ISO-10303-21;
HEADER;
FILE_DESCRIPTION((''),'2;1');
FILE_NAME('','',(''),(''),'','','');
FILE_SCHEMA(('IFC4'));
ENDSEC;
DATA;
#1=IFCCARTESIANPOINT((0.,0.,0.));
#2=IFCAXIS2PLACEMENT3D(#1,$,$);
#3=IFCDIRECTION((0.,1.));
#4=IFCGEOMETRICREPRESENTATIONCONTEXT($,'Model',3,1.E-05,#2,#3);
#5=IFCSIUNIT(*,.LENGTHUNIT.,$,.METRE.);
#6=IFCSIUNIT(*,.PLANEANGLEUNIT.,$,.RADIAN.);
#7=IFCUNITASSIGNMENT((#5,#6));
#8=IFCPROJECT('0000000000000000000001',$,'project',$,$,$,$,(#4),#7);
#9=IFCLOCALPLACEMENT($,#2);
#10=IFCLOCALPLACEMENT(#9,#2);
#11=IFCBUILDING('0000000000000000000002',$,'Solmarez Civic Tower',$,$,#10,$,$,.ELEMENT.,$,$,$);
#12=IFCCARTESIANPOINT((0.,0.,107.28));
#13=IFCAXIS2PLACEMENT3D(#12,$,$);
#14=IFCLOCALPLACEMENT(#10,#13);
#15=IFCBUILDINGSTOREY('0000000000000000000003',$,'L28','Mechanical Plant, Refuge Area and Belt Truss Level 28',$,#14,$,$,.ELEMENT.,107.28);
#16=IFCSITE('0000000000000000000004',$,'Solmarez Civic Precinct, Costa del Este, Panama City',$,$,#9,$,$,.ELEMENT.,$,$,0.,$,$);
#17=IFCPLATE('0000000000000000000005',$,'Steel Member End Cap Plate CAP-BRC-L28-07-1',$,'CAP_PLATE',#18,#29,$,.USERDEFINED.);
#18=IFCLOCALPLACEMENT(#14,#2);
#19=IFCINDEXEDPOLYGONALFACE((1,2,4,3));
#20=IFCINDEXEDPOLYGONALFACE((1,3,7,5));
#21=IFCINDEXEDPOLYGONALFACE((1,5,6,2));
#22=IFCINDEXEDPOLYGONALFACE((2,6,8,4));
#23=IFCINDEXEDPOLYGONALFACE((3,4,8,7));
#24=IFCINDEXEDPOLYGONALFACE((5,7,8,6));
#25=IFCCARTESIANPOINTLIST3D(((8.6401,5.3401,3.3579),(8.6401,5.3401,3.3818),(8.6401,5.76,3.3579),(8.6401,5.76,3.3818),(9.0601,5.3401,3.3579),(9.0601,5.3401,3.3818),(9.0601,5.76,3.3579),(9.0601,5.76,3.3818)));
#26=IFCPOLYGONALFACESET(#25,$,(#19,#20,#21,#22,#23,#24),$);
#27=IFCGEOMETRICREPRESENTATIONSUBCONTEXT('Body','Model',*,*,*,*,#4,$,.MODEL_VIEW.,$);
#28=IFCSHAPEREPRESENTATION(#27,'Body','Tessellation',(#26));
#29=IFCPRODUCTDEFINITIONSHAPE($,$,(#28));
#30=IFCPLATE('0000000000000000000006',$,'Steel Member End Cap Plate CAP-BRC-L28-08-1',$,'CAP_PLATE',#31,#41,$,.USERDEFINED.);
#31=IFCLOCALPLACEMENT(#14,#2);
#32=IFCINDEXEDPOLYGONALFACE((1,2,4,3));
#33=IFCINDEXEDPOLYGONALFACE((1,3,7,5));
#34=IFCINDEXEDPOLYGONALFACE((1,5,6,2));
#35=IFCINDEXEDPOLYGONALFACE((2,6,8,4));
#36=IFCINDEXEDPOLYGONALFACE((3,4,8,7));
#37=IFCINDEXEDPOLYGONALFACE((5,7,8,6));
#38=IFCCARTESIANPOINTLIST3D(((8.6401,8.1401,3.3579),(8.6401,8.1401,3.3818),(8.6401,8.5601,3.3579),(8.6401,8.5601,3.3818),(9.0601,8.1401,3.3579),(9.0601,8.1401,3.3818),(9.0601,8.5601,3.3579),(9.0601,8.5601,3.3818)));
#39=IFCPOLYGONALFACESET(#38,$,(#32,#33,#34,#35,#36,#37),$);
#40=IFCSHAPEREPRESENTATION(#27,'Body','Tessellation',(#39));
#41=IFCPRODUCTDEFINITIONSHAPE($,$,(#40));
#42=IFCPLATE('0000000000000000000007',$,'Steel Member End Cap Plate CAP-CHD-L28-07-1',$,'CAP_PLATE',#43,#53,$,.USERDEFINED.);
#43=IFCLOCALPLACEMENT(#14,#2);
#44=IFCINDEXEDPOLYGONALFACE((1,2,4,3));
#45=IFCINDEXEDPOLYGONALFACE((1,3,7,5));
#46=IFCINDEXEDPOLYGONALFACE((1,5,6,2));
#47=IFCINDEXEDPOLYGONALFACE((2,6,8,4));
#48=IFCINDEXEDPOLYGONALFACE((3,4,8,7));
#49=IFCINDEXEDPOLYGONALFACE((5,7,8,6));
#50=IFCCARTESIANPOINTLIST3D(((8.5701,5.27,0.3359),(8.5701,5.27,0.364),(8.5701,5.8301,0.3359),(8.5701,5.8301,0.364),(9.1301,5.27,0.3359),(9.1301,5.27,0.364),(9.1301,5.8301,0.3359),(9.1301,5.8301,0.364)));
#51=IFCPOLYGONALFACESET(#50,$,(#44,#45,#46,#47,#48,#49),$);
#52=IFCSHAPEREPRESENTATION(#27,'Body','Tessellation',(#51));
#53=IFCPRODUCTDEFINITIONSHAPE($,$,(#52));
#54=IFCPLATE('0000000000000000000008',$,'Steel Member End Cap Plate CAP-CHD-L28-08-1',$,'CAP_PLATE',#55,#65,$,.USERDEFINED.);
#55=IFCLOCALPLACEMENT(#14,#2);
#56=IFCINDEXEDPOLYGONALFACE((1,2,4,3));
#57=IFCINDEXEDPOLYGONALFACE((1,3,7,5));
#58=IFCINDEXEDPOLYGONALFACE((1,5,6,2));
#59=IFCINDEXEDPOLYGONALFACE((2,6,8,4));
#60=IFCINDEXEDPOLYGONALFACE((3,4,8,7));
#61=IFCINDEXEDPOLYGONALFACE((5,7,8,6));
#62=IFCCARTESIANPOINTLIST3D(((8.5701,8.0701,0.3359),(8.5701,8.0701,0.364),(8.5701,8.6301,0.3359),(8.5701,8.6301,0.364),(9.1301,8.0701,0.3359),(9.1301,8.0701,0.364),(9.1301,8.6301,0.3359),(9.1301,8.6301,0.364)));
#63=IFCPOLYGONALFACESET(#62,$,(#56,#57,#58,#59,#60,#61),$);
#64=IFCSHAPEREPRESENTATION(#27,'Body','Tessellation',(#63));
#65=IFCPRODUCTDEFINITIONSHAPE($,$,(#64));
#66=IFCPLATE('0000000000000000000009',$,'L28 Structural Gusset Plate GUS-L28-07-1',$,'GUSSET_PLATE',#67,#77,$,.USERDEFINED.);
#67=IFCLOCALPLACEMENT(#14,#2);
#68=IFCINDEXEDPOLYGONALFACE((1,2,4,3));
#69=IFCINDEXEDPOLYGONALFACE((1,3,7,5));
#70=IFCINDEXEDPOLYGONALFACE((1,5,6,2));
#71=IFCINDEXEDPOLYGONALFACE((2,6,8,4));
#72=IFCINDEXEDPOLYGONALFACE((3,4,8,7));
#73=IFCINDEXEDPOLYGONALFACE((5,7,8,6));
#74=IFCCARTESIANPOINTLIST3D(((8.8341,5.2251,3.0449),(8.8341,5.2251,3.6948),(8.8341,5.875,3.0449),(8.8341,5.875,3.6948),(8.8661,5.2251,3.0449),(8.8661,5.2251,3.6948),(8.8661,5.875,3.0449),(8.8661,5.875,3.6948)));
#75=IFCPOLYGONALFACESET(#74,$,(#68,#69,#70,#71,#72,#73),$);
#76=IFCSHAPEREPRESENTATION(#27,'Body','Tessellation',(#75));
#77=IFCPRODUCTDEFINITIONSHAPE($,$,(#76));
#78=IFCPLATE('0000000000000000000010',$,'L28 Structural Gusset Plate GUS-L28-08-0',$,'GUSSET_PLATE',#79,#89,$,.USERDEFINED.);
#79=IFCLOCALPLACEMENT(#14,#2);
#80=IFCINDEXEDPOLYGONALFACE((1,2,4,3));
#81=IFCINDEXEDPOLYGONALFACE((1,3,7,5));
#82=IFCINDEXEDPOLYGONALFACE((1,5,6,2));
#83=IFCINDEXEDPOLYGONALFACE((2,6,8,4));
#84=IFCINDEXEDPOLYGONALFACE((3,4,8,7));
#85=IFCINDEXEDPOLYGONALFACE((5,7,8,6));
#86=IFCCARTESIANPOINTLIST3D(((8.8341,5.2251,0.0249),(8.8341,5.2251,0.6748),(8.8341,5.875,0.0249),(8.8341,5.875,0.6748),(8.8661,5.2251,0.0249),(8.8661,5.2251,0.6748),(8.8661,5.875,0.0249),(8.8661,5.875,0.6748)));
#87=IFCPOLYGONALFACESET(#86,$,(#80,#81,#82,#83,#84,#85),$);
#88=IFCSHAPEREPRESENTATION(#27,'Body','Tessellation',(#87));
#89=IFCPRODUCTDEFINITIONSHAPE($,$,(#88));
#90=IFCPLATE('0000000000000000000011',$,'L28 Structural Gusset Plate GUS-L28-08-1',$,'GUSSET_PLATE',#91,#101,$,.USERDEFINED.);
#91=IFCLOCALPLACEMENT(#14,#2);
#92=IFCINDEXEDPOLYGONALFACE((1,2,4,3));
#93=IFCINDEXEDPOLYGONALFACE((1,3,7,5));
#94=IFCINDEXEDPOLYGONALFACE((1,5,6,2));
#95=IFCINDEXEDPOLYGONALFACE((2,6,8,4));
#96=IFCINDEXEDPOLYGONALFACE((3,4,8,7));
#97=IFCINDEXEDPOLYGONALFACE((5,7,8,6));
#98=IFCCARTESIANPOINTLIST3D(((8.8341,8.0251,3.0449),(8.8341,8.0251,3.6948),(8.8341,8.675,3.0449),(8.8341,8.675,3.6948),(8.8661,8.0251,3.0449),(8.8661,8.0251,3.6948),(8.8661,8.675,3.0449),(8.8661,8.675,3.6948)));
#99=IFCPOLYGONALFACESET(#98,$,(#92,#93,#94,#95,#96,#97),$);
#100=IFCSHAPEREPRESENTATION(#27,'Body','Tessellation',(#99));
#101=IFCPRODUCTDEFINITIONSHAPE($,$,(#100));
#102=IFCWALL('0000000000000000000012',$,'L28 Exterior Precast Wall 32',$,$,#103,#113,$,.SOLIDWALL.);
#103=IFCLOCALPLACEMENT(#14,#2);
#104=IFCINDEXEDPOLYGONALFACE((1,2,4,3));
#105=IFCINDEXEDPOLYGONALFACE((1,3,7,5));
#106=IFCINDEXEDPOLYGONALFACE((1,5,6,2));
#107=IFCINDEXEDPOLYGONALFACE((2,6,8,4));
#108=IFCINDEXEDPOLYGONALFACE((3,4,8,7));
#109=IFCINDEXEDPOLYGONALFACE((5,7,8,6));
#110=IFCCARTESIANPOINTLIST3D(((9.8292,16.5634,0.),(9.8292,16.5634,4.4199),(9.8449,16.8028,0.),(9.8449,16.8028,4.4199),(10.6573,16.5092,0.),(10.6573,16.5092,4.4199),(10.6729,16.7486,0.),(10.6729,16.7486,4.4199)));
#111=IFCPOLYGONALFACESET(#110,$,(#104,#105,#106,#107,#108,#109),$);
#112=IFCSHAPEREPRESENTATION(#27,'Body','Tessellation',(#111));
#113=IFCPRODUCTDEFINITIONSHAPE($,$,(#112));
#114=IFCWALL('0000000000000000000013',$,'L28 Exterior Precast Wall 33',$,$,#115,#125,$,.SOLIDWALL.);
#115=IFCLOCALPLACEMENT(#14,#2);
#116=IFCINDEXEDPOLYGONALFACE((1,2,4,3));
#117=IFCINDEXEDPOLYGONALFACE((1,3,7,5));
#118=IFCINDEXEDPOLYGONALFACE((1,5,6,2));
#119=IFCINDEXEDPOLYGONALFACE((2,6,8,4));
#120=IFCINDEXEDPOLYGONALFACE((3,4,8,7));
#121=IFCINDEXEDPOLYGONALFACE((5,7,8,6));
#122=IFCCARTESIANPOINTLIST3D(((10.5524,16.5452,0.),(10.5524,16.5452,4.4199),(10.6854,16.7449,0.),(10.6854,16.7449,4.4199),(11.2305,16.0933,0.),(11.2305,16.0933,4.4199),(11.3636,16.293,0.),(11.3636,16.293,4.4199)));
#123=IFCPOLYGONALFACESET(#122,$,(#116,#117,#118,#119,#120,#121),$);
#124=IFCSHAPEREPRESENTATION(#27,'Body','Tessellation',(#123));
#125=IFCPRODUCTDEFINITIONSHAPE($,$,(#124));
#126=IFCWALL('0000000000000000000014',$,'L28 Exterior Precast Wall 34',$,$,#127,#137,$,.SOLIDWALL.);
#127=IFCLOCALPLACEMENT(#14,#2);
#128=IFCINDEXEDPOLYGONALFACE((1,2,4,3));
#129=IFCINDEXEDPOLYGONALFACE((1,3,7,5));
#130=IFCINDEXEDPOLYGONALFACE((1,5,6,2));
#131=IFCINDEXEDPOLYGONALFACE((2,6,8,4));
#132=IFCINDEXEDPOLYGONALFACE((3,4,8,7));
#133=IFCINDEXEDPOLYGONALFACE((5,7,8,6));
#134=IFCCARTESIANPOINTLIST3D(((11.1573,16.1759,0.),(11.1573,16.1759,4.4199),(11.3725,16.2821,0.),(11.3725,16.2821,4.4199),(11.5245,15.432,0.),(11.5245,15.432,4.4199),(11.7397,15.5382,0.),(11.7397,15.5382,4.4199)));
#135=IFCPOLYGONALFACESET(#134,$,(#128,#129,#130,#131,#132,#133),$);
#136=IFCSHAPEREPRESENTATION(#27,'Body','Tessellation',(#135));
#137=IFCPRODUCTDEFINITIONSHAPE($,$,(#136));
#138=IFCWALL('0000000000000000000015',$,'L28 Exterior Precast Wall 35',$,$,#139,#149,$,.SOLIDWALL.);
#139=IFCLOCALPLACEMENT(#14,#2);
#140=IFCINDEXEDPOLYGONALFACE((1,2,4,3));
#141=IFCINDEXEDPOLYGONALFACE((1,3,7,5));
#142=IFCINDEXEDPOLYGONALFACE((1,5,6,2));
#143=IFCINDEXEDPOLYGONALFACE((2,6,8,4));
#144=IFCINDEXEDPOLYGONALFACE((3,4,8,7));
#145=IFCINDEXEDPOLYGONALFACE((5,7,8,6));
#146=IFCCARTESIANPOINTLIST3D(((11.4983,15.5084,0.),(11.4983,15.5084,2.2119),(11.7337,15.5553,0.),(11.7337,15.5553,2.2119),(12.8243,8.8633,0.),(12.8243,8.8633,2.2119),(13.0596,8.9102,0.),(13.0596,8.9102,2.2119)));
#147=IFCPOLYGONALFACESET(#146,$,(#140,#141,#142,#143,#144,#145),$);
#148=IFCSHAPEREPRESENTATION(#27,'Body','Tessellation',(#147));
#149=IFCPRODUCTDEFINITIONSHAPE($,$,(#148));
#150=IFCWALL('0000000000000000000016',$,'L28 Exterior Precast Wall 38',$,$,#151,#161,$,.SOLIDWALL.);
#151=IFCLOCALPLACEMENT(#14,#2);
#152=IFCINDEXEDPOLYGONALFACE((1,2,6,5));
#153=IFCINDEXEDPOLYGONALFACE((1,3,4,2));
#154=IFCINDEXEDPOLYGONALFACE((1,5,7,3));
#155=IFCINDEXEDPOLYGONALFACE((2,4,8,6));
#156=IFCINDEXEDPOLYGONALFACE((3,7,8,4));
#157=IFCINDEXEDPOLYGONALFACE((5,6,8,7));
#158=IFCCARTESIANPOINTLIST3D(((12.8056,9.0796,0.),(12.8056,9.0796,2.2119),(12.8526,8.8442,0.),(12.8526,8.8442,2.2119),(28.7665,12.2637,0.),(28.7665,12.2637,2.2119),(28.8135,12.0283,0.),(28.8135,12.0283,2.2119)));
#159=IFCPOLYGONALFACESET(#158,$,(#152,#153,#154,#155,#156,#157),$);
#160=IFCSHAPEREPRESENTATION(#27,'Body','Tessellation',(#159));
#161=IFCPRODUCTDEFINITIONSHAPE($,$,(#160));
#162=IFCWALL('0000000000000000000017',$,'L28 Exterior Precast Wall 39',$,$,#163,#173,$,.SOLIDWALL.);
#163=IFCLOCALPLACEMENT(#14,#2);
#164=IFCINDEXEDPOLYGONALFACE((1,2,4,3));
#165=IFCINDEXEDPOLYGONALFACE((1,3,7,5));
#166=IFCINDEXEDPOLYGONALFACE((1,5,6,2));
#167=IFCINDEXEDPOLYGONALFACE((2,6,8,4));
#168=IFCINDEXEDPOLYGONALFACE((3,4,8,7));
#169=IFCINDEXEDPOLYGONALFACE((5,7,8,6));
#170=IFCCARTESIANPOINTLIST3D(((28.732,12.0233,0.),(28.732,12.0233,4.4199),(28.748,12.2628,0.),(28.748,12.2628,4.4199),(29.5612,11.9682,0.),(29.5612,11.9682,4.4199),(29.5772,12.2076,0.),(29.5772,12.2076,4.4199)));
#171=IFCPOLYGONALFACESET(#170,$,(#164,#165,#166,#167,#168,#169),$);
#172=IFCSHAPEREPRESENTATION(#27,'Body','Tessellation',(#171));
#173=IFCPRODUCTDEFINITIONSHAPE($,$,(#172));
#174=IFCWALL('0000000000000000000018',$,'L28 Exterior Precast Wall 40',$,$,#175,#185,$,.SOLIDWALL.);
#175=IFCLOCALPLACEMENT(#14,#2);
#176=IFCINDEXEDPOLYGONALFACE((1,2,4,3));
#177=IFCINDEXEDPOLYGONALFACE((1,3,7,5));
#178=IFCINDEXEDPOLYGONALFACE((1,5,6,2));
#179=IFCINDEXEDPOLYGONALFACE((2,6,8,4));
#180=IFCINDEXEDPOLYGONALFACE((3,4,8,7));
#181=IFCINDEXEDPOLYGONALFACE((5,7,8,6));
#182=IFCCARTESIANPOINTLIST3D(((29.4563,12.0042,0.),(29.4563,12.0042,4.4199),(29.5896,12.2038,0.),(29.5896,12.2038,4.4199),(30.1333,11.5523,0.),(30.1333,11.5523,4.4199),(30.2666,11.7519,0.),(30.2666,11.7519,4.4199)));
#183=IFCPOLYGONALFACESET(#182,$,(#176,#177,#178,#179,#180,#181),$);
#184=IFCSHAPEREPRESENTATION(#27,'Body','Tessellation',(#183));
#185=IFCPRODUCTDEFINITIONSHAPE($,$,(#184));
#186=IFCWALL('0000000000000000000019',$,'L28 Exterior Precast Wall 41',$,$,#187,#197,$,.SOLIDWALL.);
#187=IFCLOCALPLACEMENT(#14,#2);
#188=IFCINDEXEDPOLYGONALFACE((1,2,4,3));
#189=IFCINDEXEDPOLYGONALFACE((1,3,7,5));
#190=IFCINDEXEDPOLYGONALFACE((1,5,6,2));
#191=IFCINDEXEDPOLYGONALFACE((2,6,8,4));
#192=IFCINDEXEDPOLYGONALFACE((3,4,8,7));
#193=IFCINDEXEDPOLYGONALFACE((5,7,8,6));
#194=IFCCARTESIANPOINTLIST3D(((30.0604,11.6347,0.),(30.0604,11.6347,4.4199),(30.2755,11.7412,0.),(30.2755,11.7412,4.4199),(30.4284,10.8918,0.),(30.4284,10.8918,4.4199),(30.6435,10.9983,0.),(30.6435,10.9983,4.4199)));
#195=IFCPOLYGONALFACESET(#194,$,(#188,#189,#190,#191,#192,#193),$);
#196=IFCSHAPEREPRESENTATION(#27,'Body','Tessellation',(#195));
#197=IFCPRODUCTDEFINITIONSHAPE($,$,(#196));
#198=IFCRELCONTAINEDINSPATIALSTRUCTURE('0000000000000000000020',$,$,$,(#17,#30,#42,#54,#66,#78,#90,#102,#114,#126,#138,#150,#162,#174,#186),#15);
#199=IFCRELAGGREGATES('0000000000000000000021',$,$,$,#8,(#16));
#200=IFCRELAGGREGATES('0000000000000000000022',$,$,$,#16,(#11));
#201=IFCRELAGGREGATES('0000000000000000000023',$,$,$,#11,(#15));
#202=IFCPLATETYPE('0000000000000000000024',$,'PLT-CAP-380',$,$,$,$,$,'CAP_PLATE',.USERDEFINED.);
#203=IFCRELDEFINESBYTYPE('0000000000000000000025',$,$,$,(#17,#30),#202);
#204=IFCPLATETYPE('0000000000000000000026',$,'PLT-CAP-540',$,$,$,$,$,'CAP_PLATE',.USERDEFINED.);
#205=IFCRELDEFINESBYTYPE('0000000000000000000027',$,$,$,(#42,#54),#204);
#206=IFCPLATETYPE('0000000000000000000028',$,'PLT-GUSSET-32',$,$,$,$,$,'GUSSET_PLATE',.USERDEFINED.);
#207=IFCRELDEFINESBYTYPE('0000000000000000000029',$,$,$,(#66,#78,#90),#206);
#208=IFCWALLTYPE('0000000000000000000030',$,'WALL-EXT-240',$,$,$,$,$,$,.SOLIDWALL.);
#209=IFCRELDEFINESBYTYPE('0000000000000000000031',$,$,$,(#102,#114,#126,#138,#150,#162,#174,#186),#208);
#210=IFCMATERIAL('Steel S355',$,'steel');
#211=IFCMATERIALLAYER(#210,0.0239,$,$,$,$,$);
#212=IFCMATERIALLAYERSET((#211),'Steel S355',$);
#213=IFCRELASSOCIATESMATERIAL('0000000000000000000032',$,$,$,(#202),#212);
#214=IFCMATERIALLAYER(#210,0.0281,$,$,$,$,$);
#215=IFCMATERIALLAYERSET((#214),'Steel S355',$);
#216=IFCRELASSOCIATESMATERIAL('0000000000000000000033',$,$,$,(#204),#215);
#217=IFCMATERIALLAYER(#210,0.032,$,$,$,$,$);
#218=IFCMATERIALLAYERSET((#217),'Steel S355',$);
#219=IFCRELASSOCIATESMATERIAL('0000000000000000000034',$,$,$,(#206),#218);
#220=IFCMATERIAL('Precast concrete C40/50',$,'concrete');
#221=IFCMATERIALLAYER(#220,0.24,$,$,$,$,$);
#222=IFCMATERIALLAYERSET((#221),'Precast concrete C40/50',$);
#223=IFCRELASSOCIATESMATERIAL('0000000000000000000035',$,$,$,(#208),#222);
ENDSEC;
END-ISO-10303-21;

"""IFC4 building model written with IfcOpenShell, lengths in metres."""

from ifc_helpers import new_model, si_unit, direction, frame, frame_2d, origin, origin_2d, place, context, subcontext, project, spatial, rectangle, extrude, material, layer, layer_set, type_object, element, save


model = new_model("IFC4")

# Units and contexts
model_context = context("Model", 3, precision=1e-05, world=origin(), true_north=direction((0.0, 1.0)))
body_context = subcontext(model_context, "Body", "Model", "MODEL_VIEW")
ifc_project = project(units=[si_unit("LENGTHUNIT", "METRE"), si_unit("PLANEANGLEUNIT", "RADIAN")], contexts=[model_context])

# Site, building, storey
site_placement = place(None, origin())
site = spatial("IfcSite", under=ifc_project, at=site_placement, Name="Solmarez Civic Precinct, Costa del Este, Panama City", CompositionType="ELEMENT", RefElevation=0.0)
building_placement = place(site_placement, origin())
building = spatial("IfcBuilding", under=site, at=building_placement, Name="Solmarez Civic Tower", CompositionType="ELEMENT")
storey_placement = place(building_placement, frame((0.0, 0.0, 107.28)))
storey = spatial("IfcBuildingStorey", under=building, at=storey_placement, Name="L28", Description="Mechanical Plant, Refuge Area and Belt Truss Level 28", CompositionType="ELEMENT", Elevation=107.28)

# Shared definitions
ifc_material_1 = material(Name="Steel S355", Category="steel")

# Plates
ifc_layer_1 = layer(ifc_material_1, 0.0239)
ifc_layer_set_1 = layer_set([ifc_layer_1], Name="Steel S355")
plate_type_1 = type_object("IfcPlateType", Name="PLT-CAP-380", ElementType="CAP_PLATE", PredefinedType="USERDEFINED", material=ifc_layer_set_1)
for number, where, z_axis, x_axis, name in (
    (1, (8.8501, 5.55, 3.3579), (0.0, 0.0, 1.0), (1.0, 0.0, 0.0), "Steel Member End Cap Plate CAP-BRC-L28-07-1"),
    (2, (8.8501, 8.3501, 3.3579), (0.0, 0.0, 1.0), (1.0, 0.0, 0.0), "Steel Member End Cap Plate CAP-BRC-L28-08-1"),
):
    element("IfcPlate", number, at=place(storey_placement, frame(where, z_axis=z_axis, x_axis=x_axis)), inside=storey, type_object=plate_type_1, Name=name, ObjectType="CAP_PLATE", PredefinedType="USERDEFINED", context=body_context, shape_type="SweptSolid", body=[
        extrude(rectangle(XDim=0.4199, YDim=0.4199, at=origin_2d()), origin(), (0.0, 0.0, 1.0), 0.0239),
    ])
ifc_layer_2 = layer(ifc_material_1, 0.0281)
ifc_layer_set_2 = layer_set([ifc_layer_2], Name="Steel S355")
plate_type_2 = type_object("IfcPlateType", Name="PLT-CAP-540", ElementType="CAP_PLATE", PredefinedType="USERDEFINED", material=ifc_layer_set_2)
for number, where, z_axis, x_axis, name in (
    (3, (8.8501, 5.55, 0.3359), (0.0, 0.0, 1.0), (1.0, 0.0, 0.0), "Steel Member End Cap Plate CAP-CHD-L28-07-1"),
    (4, (8.8501, 8.3501, 0.3359), (0.0, 0.0, 1.0), (1.0, 0.0, 0.0), "Steel Member End Cap Plate CAP-CHD-L28-08-1"),
):
    element("IfcPlate", number, at=place(storey_placement, frame(where, z_axis=z_axis, x_axis=x_axis)), inside=storey, type_object=plate_type_2, Name=name, ObjectType="CAP_PLATE", PredefinedType="USERDEFINED", context=body_context, shape_type="SweptSolid", body=[
        extrude(rectangle(XDim=0.5601, YDim=0.5601, at=origin_2d()), origin(), (0.0, 0.0, 1.0), 0.0281),
    ])
ifc_layer_3 = layer(ifc_material_1, 0.032)
ifc_layer_set_3 = layer_set([ifc_layer_3], Name="Steel S355")
plate_type_3 = type_object("IfcPlateType", Name="PLT-GUSSET-32", ElementType="GUSSET_PLATE", PredefinedType="USERDEFINED", material=ifc_layer_set_3)
for number, where, z_axis, x_axis, name in (
    (5, (8.8501, 5.55, 3.0449), (0.0, 0.0, 1.0), (0.0, 1.0, 0.0), "L28 Structural Gusset Plate GUS-L28-07-1"),
    (6, (8.8501, 5.55, 0.0249), (0.0, 0.0, 1.0), (0.0, 1.0, 0.0), "L28 Structural Gusset Plate GUS-L28-08-0"),
    (7, (8.8501, 8.3501, 3.0449), (0.0, 0.0, 1.0), (0.0, 1.0, 0.0), "L28 Structural Gusset Plate GUS-L28-08-1"),
):
    element("IfcPlate", number, at=place(storey_placement, frame(where, z_axis=z_axis, x_axis=x_axis)), inside=storey, type_object=plate_type_3, Name=name, ObjectType="GUSSET_PLATE", PredefinedType="USERDEFINED", context=body_context, shape_type="SweptSolid", body=[
        extrude(rectangle(XDim=0.6499, YDim=0.032, at=origin_2d()), origin(), (0.0, 0.0, 1.0), 0.6499),
    ])

# Walls
ifc_material_2 = material(Name="Precast concrete C40/50", Category="concrete")
ifc_layer_4 = layer(ifc_material_2, 0.24)
ifc_layer_set_4 = layer_set([ifc_layer_4], Name="Precast concrete C40/50")
wall_type_1 = type_object("IfcWallType", Name="WALL-EXT-240", PredefinedType="SOLIDWALL", material=ifc_layer_set_4)
wall_1_placement = place(storey_placement, frame((9.8369, 16.6831, 0.0), z_axis=(0.0, 0.0, 1.0), x_axis=(0.997865, -0.065308, 0.0)))
element("IfcWall", 8, at=wall_1_placement, inside=storey, type_object=wall_type_1, Name="L28 Exterior Precast Wall 32", PredefinedType="SOLIDWALL", context=body_context, shape_type="SweptSolid", body=[
    extrude(rectangle(XDim=0.8298, YDim=0.24, at=frame_2d((0.415, 0.0))), origin(), (0.0, 0.0, 1.0), 4.4199),
])
wall_2_placement = place(storey_placement, frame((10.6189, 16.645, 0.0), z_axis=(0.0, 0.0, 1.0), x_axis=(0.832189, -0.554493, 0.0)))
element("IfcWall", 9, at=wall_2_placement, inside=storey, type_object=wall_type_1, Name="L28 Exterior Precast Wall 33", PredefinedType="SOLIDWALL", context=body_context, shape_type="SweptSolid", body=[
    extrude(rectangle(XDim=0.8149, YDim=0.24, at=frame_2d((0.4075, 0.0))), origin(), (0.0, 0.0, 1.0), 4.4199),
])
wall_3_placement = place(storey_placement, frame((11.2649, 16.229, 0.0), z_axis=(0.0, 0.0, 1.0), x_axis=(0.442617, -0.896711, 0.0)))
element("IfcWall", 10, at=wall_3_placement, inside=storey, type_object=wall_type_1, Name="L28 Exterior Precast Wall 34", PredefinedType="SOLIDWALL", context=body_context, shape_type="SweptSolid", body=[
    extrude(rectangle(XDim=0.8296, YDim=0.24, at=frame_2d((0.4148, 0.0))), origin(), (0.0, 0.0, 1.0), 4.4199),
])
wall_4_placement = place(storey_placement, frame((11.616, 15.532, 0.0), z_axis=(0.0, 0.0, 1.0), x_axis=(0.19568, -0.980668, 0.0)))
element("IfcWall", 11, at=wall_4_placement, inside=storey, type_object=wall_type_1, Name="L28 Exterior Precast Wall 35", PredefinedType="SOLIDWALL", context=body_context, shape_type="SweptSolid", body=[
    extrude(rectangle(XDim=6.7761, YDim=0.24, at=frame_2d((3.3882, 0.0))), origin(), (0.0, 0.0, 1.0), 2.2119),
])
wall_5_placement = place(storey_placement, frame((12.8291, 8.9619, 0.0), z_axis=(0.0, 0.0, 1.0), x_axis=(0.980676, 0.195637, 0.0)))
element("IfcWall", 12, at=wall_5_placement, inside=storey, type_object=wall_type_1, Name="L28 Exterior Precast Wall 38", PredefinedType="SOLIDWALL", context=body_context, shape_type="SweptSolid", body=[
    extrude(rectangle(XDim=16.2754, YDim=0.24, at=frame_2d((8.1377, 0.0))), origin(), (0.0, 0.0, 1.0), 2.2119),
])
wall_6_placement = place(storey_placement, frame((28.74, 12.1431, 0.0), z_axis=(0.0, 0.0, 1.0), x_axis=(0.997793, -0.066402, 0.0)))
element("IfcWall", 13, at=wall_6_placement, inside=storey, type_object=wall_type_1, Name="L28 Exterior Precast Wall 39", PredefinedType="SOLIDWALL", context=body_context, shape_type="SweptSolid", body=[
    extrude(rectangle(XDim=0.8311, YDim=0.24, at=frame_2d((0.4155, 0.0))), origin(), (0.0, 0.0, 1.0), 4.4199),
])
wall_7_placement = place(storey_placement, frame((29.5229, 12.104, 0.0), z_axis=(0.0, 0.0, 1.0), x_axis=(0.831727, -0.555185, 0.0)))
element("IfcWall", 14, at=wall_7_placement, inside=storey, type_object=wall_type_1, Name="L28 Exterior Precast Wall 40", PredefinedType="SOLIDWALL", context=body_context, shape_type="SweptSolid", body=[
    extrude(rectangle(XDim=0.814, YDim=0.24, at=frame_2d((0.407, 0.0))), origin(), (0.0, 0.0, 1.0), 4.4199),
])
wall_8_placement = place(storey_placement, frame((30.168, 11.688, 0.0), z_axis=(0.0, 0.0, 1.0), x_axis=(0.443794, -0.896129, 0.0)))
element("IfcWall", 15, at=wall_8_placement, inside=storey, type_object=wall_type_1, Name="L28 Exterior Precast Wall 41", PredefinedType="SOLIDWALL", context=body_context, shape_type="SweptSolid", body=[
    extrude(rectangle(XDim=0.8291, YDim=0.24, at=frame_2d((0.4146, 0.0))), origin(), (0.0, 0.0, 1.0), 4.4199),
])

save(model, "model.ifc")
